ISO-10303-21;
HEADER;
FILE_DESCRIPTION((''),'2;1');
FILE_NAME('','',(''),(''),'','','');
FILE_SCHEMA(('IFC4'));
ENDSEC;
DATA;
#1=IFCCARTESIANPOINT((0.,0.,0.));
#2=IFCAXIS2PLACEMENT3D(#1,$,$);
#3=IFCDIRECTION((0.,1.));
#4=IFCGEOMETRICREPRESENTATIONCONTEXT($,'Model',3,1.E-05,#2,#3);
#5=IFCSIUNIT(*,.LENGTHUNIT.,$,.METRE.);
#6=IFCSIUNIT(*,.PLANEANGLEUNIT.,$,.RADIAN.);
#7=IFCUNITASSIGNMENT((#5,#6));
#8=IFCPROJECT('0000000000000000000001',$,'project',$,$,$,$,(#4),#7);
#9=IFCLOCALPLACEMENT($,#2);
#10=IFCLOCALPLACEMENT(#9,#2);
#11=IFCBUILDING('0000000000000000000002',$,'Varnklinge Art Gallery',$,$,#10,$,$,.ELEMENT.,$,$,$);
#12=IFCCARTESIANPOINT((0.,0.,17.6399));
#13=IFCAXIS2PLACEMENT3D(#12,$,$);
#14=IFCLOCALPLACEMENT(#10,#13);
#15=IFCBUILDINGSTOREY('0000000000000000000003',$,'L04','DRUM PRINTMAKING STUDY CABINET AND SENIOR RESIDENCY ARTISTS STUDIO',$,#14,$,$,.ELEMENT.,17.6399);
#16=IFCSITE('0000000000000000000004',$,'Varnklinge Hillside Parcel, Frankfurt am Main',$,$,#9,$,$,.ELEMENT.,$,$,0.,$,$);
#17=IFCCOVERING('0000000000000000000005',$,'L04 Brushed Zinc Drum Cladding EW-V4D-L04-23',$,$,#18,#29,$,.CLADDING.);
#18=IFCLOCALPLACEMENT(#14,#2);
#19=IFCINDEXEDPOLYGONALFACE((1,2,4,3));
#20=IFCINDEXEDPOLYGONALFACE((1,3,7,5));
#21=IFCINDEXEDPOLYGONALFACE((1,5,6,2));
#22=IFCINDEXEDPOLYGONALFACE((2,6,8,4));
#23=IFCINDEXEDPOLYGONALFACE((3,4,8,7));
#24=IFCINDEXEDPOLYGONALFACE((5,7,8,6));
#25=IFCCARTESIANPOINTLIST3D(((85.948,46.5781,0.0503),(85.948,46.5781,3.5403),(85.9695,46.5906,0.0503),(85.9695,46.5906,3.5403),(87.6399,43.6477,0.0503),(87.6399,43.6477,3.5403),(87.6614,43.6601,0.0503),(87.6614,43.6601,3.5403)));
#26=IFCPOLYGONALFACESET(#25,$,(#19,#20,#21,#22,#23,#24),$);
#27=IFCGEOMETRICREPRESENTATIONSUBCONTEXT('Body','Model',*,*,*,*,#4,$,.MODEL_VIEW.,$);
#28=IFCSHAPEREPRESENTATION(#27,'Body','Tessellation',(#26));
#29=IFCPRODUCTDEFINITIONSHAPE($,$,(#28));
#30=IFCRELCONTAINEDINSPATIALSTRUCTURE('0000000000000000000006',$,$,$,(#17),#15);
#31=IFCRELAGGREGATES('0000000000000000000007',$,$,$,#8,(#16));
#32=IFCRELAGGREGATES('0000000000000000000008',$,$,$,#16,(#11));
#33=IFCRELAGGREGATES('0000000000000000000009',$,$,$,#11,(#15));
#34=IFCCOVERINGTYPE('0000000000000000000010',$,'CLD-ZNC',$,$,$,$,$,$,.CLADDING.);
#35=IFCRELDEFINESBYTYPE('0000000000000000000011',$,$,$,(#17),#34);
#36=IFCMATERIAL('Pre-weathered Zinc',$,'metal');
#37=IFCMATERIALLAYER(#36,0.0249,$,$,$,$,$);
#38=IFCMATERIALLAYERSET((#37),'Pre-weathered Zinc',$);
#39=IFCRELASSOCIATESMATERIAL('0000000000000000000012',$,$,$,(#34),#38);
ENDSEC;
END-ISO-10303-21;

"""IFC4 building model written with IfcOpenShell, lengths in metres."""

from ifc_helpers import new_model, si_unit, direction, frame, origin, origin_2d, place, context, subcontext, project, spatial, rectangle, extrude, material, layer, layer_set, type_object, element, save


model = new_model("IFC4")

# Units and contexts
model_context = context("Model", 3, precision=1e-05, world=origin(), true_north=direction((0.0, 1.0)))
body_context = subcontext(model_context, "Body", "Model", "MODEL_VIEW")
ifc_project = project(units=[si_unit("LENGTHUNIT", "METRE"), si_unit("PLANEANGLEUNIT", "RADIAN")], contexts=[model_context])

# Site, building, storey
site_placement = place(None, origin())
site = spatial("IfcSite", under=ifc_project, at=site_placement, Name="Varnklinge Hillside Parcel, Frankfurt am Main", CompositionType="ELEMENT", RefElevation=0.0)
building_placement = place(site_placement, origin())
building = spatial("IfcBuilding", under=site, at=building_placement, Name="Varnklinge Art Gallery", CompositionType="ELEMENT")
storey_placement = place(building_placement, frame((0.0, 0.0, 17.6399)))
storey = spatial("IfcBuildingStorey", under=building, at=storey_placement, Name="L04", Description="DRUM PRINTMAKING STUDY CABINET AND SENIOR RESIDENCY ARTISTS STUDIO", CompositionType="ELEMENT", Elevation=17.6399)

# Covering
ifc_material_1 = material(Name="Pre-weathered Zinc", Category="metal")
ifc_layer_1 = layer(ifc_material_1, 0.0249)
ifc_layer_set_1 = layer_set([ifc_layer_1], Name="Pre-weathered Zinc")
covering_type = type_object("IfcCoveringType", Name="CLD-ZNC", PredefinedType="CLADDING", material=ifc_layer_set_1)
covering_1_placement = place(storey_placement, frame((86.8047, 45.1191, 0.0503), z_axis=(0.0, 0.0, 1.0), x_axis=(0.5, -0.866025, 0.0)))
element("IfcCovering", 1, at=covering_1_placement, inside=storey, type_object=covering_type, Name="L04 Brushed Zinc Drum Cladding EW-V4D-L04-23", PredefinedType="CLADDING", context=body_context, shape_type="SweptSolid", body=[
    extrude(rectangle(XDim=3.3838, YDim=0.0249, at=origin_2d()), origin(), (0.0, 0.0, 1.0), 3.49),
])

save(model, "model.ifc")
